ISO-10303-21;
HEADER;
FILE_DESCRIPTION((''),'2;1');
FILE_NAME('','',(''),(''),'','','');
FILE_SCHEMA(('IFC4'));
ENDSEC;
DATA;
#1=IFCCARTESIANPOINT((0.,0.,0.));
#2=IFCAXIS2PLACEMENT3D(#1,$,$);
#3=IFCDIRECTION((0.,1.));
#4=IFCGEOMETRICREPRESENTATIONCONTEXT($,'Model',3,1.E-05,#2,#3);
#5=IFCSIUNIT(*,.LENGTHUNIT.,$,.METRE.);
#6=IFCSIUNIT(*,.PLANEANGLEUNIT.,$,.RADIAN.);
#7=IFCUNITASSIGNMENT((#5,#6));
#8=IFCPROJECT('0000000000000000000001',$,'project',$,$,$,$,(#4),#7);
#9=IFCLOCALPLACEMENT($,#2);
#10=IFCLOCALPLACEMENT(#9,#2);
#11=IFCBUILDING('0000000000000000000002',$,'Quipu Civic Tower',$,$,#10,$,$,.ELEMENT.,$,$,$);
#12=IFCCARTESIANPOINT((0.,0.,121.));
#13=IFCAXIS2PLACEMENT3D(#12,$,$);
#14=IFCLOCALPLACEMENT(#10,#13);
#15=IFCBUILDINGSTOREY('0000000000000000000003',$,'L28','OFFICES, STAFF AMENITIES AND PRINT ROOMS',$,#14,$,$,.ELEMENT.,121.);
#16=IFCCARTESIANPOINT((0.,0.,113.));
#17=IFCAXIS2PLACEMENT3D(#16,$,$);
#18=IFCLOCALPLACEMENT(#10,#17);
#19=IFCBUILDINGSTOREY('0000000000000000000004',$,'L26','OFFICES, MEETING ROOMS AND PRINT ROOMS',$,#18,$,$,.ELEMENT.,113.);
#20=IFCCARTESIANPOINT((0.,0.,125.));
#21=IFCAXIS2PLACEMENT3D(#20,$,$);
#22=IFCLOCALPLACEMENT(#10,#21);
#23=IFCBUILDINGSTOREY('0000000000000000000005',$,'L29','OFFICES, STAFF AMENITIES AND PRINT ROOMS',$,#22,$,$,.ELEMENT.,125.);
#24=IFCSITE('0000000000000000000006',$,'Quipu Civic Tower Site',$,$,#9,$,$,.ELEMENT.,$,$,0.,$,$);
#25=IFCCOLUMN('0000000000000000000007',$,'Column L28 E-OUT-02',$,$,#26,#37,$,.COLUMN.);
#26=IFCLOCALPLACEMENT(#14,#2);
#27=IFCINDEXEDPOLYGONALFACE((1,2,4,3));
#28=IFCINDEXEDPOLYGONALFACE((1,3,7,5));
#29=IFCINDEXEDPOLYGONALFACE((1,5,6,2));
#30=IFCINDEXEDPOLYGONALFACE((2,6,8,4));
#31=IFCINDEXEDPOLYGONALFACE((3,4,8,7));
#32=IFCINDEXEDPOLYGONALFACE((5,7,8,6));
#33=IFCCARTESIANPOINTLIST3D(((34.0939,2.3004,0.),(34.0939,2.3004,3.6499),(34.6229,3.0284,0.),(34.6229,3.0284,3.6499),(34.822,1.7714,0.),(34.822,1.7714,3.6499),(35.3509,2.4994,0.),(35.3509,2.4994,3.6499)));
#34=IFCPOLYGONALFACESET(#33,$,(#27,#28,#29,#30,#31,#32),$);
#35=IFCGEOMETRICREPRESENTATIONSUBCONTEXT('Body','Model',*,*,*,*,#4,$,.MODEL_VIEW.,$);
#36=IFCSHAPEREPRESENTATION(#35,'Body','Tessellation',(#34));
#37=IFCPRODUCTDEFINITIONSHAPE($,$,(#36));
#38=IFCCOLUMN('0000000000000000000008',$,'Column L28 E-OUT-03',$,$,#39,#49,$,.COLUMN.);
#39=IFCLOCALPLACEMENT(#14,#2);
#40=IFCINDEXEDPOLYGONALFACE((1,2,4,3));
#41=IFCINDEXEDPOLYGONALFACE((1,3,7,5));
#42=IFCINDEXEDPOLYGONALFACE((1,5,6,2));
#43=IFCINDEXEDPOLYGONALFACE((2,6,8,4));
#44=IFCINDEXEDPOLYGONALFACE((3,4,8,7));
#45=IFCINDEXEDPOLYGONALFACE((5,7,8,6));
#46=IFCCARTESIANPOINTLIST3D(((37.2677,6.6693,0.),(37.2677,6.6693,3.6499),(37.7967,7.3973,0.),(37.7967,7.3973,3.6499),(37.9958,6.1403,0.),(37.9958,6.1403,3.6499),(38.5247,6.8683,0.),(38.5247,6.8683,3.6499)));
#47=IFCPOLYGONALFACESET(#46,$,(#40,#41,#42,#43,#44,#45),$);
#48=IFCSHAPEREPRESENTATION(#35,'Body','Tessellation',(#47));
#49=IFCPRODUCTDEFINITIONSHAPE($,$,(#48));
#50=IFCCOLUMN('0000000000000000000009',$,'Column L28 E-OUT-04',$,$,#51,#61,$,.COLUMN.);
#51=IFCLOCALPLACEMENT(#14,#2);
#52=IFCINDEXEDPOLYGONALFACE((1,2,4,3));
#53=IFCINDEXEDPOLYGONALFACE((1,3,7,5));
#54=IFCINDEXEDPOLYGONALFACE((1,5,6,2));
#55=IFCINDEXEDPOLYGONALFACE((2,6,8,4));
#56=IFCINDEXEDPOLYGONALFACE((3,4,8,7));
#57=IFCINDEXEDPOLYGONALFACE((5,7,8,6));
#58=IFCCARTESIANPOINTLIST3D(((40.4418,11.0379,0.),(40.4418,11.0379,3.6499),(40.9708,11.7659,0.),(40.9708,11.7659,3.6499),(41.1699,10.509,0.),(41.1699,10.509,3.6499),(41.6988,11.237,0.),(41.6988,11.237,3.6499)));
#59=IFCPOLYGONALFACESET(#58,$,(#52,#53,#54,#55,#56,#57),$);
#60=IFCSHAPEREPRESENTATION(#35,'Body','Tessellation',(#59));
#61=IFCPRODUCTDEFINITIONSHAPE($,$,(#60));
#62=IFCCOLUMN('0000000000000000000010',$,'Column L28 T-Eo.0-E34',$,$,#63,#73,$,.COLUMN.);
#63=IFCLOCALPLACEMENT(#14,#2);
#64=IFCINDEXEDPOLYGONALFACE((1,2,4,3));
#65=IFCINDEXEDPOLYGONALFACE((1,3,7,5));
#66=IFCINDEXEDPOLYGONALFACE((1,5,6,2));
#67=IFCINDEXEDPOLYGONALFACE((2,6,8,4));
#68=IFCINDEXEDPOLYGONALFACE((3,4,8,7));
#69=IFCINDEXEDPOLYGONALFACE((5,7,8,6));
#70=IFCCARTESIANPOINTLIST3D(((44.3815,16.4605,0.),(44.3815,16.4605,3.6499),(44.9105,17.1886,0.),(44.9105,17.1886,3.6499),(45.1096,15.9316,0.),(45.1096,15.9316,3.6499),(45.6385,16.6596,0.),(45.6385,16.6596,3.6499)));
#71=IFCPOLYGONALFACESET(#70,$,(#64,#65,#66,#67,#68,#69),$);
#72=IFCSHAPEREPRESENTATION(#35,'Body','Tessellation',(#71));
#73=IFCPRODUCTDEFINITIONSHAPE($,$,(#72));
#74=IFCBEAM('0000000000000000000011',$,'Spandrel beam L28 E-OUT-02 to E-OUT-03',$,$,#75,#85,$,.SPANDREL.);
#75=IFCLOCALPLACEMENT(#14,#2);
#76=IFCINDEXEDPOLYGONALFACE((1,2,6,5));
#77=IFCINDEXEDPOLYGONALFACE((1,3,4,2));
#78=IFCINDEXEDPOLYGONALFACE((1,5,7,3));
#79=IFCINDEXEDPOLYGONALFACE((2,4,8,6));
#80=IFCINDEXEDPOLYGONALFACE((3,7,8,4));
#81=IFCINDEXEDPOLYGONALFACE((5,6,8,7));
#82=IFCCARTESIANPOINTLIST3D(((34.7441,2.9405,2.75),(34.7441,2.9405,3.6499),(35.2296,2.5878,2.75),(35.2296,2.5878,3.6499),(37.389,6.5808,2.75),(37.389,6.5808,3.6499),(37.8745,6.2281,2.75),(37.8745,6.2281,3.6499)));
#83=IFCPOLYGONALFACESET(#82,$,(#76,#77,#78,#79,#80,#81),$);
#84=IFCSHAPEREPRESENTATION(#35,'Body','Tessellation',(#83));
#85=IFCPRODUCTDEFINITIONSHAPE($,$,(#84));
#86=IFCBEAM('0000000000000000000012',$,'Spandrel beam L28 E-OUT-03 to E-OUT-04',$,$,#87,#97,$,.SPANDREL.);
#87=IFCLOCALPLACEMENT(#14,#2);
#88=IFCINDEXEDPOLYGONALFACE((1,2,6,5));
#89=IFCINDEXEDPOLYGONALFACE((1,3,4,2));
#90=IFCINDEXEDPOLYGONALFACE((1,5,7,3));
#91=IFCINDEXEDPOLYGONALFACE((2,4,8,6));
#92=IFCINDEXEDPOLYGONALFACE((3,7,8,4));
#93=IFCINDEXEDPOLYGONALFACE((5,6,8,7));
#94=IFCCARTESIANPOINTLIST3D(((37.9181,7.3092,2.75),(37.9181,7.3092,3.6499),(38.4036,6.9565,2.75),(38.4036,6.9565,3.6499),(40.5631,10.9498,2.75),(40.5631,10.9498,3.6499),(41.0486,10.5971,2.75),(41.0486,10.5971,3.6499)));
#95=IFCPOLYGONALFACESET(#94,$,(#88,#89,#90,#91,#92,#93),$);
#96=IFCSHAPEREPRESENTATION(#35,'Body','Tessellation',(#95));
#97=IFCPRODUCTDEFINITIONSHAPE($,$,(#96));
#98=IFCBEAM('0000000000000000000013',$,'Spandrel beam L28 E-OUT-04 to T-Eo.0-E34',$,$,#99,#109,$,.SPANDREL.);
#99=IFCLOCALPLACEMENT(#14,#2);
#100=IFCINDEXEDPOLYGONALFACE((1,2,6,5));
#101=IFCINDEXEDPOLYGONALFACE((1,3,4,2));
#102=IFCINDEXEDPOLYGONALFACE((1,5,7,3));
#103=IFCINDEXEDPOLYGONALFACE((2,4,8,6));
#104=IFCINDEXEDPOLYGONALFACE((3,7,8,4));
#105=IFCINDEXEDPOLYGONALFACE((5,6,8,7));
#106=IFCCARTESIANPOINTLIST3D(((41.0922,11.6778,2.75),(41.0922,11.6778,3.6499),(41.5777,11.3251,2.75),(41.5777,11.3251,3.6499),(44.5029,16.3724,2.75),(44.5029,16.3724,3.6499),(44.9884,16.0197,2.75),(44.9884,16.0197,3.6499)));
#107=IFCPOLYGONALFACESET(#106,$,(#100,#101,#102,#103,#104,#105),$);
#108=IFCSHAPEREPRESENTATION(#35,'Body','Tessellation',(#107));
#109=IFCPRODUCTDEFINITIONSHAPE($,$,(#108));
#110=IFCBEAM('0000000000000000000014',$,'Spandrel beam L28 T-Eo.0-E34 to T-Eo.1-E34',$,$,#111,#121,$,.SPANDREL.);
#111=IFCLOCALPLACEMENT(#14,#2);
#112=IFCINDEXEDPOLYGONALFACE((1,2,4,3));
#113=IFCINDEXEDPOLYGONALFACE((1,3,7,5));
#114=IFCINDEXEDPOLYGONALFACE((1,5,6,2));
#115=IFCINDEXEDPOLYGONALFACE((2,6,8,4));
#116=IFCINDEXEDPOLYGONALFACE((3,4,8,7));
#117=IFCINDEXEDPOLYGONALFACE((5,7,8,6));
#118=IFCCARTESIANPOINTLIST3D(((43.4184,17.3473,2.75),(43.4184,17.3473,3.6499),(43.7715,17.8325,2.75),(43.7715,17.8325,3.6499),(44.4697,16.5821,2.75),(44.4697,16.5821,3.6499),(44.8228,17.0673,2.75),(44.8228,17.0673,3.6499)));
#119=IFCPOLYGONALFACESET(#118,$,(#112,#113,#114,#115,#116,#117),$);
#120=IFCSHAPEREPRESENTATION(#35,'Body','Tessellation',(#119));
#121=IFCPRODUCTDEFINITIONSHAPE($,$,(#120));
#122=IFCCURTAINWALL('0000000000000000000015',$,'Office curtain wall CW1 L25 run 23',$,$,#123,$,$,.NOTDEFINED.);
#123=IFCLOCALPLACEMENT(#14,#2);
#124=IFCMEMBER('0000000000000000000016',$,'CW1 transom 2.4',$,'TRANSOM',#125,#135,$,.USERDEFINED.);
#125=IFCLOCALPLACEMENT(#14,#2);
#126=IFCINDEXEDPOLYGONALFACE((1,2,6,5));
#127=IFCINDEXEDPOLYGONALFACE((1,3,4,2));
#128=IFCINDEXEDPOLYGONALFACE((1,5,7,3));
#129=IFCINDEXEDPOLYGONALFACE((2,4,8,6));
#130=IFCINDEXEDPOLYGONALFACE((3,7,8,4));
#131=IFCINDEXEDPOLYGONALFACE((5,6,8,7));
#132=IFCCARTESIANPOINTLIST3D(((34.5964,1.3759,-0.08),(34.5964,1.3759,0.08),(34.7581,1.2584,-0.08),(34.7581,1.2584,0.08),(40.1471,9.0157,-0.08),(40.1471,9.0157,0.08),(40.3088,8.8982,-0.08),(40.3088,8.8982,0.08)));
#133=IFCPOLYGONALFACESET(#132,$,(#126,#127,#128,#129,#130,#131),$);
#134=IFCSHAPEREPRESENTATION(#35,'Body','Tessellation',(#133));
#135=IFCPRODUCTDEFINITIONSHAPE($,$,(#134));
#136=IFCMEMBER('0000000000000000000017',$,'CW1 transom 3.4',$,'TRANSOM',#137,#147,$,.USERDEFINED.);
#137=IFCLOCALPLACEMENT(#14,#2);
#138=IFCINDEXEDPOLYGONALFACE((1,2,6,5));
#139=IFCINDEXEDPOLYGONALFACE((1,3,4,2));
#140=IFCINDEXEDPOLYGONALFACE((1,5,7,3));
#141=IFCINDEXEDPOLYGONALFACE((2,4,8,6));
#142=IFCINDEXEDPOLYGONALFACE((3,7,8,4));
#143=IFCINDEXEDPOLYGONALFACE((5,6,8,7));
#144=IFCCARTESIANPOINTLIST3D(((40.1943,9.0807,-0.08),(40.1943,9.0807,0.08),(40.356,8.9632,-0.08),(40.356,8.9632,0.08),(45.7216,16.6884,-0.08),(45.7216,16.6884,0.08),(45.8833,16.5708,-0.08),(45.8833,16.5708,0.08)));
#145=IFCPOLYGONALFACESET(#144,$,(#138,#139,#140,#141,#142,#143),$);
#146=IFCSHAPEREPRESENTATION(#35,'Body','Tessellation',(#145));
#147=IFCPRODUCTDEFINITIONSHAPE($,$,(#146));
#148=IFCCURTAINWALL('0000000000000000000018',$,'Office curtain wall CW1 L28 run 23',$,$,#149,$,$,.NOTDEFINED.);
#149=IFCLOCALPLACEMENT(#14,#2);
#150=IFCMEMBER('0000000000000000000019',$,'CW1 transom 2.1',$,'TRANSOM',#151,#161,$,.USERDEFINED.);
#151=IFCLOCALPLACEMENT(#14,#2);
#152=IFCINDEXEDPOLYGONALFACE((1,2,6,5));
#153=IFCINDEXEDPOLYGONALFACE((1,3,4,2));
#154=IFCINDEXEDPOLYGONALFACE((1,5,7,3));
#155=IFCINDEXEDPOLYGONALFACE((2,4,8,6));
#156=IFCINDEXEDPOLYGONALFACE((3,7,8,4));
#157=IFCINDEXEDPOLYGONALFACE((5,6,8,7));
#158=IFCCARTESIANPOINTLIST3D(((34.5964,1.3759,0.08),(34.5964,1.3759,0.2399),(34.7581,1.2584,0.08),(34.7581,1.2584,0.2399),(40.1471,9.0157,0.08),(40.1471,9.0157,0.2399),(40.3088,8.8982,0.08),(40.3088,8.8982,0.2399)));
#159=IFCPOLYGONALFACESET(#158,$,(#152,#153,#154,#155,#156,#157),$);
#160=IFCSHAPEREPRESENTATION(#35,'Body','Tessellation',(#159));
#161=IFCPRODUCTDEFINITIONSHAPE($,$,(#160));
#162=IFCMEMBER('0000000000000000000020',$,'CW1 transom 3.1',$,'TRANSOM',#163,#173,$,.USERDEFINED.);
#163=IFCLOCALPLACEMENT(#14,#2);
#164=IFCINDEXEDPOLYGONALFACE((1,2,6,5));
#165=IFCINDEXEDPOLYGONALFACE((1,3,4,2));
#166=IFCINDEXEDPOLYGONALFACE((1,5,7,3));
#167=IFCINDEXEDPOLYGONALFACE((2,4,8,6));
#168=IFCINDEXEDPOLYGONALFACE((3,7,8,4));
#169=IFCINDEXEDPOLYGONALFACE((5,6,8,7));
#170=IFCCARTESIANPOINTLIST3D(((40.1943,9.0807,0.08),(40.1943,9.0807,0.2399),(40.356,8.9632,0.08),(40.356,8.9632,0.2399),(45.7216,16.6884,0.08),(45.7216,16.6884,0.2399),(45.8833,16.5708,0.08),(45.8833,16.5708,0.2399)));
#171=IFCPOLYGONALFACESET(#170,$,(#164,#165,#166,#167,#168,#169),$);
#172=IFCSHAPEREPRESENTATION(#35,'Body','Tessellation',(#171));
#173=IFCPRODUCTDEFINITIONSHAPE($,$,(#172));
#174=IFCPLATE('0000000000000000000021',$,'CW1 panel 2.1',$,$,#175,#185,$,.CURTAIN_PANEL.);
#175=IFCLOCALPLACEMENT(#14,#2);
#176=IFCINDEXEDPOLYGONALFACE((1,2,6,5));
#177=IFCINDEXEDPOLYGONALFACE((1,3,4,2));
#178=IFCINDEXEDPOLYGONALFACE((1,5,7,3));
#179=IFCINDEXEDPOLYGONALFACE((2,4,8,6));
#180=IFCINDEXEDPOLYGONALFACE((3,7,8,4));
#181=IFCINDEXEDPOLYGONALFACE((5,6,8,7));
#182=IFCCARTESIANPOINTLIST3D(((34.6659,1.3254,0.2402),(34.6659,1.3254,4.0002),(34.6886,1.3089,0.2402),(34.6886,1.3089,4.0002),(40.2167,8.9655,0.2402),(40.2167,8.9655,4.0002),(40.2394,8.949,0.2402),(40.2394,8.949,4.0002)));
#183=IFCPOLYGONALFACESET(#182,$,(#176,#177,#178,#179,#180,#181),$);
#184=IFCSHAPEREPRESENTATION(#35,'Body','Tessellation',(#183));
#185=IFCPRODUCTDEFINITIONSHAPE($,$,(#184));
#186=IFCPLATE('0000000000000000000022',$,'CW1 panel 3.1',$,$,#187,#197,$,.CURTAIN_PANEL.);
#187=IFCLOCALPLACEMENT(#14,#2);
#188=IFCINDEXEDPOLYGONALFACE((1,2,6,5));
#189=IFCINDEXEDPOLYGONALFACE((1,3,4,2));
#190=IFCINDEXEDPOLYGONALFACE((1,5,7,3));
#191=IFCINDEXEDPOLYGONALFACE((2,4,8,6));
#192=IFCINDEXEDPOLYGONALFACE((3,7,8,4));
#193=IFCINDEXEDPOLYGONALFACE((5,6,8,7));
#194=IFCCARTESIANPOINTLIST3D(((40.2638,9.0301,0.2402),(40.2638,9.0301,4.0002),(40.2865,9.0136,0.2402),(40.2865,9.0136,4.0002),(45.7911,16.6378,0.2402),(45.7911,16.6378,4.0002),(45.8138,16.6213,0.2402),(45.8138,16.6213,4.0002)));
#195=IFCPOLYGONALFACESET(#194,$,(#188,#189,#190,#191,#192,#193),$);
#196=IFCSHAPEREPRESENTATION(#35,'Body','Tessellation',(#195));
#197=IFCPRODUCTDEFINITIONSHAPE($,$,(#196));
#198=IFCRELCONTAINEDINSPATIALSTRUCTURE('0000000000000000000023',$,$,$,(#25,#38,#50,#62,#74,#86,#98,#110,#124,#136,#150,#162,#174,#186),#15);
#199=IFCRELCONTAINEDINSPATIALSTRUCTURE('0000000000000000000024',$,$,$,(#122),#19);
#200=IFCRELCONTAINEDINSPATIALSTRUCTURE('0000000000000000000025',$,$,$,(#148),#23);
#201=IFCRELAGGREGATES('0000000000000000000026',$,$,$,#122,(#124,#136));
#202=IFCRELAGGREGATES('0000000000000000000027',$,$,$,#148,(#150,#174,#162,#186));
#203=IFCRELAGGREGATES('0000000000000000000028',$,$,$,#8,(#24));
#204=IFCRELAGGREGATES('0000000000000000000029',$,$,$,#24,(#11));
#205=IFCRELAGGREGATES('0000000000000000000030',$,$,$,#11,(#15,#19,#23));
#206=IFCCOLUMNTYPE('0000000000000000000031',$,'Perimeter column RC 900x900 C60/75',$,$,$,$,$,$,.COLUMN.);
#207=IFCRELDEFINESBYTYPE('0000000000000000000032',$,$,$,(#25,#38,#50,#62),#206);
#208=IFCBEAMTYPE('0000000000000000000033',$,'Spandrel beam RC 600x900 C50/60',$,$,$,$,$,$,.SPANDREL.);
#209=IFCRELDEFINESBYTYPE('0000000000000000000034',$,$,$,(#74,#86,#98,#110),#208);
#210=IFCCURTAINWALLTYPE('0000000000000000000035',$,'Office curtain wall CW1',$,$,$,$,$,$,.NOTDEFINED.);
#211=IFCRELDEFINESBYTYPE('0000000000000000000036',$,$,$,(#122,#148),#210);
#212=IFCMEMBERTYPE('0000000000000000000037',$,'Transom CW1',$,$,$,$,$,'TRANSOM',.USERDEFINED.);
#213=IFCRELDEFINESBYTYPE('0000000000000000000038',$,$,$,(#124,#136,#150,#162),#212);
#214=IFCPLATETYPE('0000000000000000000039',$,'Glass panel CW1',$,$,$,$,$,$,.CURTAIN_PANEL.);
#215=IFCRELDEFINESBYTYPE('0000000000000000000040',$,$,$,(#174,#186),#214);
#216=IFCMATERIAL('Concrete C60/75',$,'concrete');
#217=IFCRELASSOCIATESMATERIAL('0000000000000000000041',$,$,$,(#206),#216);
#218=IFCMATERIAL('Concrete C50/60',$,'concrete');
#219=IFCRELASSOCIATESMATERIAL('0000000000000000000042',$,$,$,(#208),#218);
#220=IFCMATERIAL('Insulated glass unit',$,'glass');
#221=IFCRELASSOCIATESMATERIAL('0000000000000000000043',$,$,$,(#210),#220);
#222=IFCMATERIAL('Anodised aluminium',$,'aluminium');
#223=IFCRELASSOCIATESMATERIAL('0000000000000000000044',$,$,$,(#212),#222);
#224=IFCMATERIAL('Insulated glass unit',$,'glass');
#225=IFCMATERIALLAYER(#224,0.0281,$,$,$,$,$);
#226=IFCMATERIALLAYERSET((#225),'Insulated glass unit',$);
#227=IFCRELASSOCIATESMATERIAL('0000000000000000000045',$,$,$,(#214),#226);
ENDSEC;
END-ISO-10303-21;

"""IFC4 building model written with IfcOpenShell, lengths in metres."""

from ifc_helpers import new_model, si_unit, direction, frame, origin, origin_2d, place, context, subcontext, project, spatial, rectangle, extrude, material, layer, layer_set, material_profile, profile_set, type_object, element, aggregate, save


model = new_model("IFC4")

# Units and contexts
model_context = context("Model", 3, precision=1e-05, world=origin(), true_north=direction((0.0, 1.0)))
body_context = subcontext(model_context, "Body", "Model", "MODEL_VIEW")
ifc_project = project(units=[si_unit("LENGTHUNIT", "METRE"), si_unit("PLANEANGLEUNIT", "RADIAN")], contexts=[model_context])

# Site, building, storey
site_placement = place(None, origin())
site = spatial("IfcSite", under=ifc_project, at=site_placement, Name="Quipu Civic Tower Site", CompositionType="ELEMENT", RefElevation=0.0)
building_placement = place(site_placement, origin())
building = spatial("IfcBuilding", under=site, at=building_placement, Name="Quipu Civic Tower", CompositionType="ELEMENT")
storey_1_placement = place(building_placement, frame((0.0, 0.0, 121.0)))
storey_1 = spatial("IfcBuildingStorey", under=building, at=storey_1_placement, Name="L28", Description="OFFICES, STAFF AMENITIES AND PRINT ROOMS", CompositionType="ELEMENT", Elevation=121.0)

# Columns
ifc_material_1 = material(Name="Concrete C60/75", Category="concrete")
ifc_material_profile_1 = material_profile(ifc_material_1, rectangle(XDim=0.8999, YDim=0.8999, at=origin_2d()), Name="RC900x900")
ifc_profile_set_1 = profile_set([ifc_material_profile_1], Name="Concrete C60/75")
column_type = type_object("IfcColumnType", Name="Perimeter column RC 900x900 C60/75", PredefinedType="COLUMN", material=ifc_profile_set_1)
for number, where, z_axis, x_axis, name in (
    (1, (34.7224, 2.3999, 0.0), (0.0, 0.0, 1.0), (0.587785, 0.809017, 0.0), "Column L28 E-OUT-02"),
    (2, (37.8962, 6.7688, 0.0), (0.0, 0.0, 1.0), (0.587785, 0.809017, 0.0), "Column L28 E-OUT-03"),
    (3, (41.0703, 11.1375, 0.0), (0.0, 0.0, 1.0), (0.587785, 0.809017, 0.0), "Column L28 E-OUT-04"),
    (4, (45.01, 16.5601, 0.0), (0.0, 0.0, 1.0), (0.587785, 0.809017, 0.0), "Column L28 T-Eo.0-E34"),
):
    element("IfcColumn", number, at=place(storey_1_placement, frame(where, z_axis=z_axis, x_axis=x_axis)), inside=storey_1, type_object=column_type, Name=name, PredefinedType="COLUMN", context=body_context, shape_type="SweptSolid", body=[
        extrude(rectangle(XDim=0.8999, YDim=0.8999, at=origin_2d()), origin(), (0.0, 0.0, 1.0), 3.6499),
    ])

# Beams
ifc_material_2 = material(Name="Concrete C50/60", Category="concrete")
ifc_material_profile_2 = material_profile(ifc_material_2, rectangle(XDim=0.6001, YDim=0.8999, at=origin_2d()), Name="RC600x900")
ifc_profile_set_2 = profile_set([ifc_material_profile_2], Name="Concrete C50/60")
beam_type = type_object("IfcBeamType", Name="Spandrel beam RC 600x900 C50/60", PredefinedType="SPANDREL", material=ifc_profile_set_2)
beam_1_placement = place(storey_1_placement, frame((34.9868, 2.7642, 3.2), z_axis=(0.587804, 0.809003, 0.0), x_axis=(-0.809003, 0.587804, 0.0)))
element("IfcBeam", 5, at=beam_1_placement, inside=storey_1, type_object=beam_type, Name="Spandrel beam L28 E-OUT-02 to E-OUT-03", PredefinedType="SPANDREL", context=body_context, shape_type="SweptSolid", body=[
    extrude(rectangle(XDim=0.6001, YDim=0.8999, at=origin_2d()), origin(), (0.0, 0.0, 1.0), 4.4998),
])
beam_2_placement = place(storey_1_placement, frame((38.1609, 7.1328, 3.2), z_axis=(0.587778, 0.809022, 0.0), x_axis=(-0.809022, 0.587778, 0.0)))
element("IfcBeam", 6, at=beam_2_placement, inside=storey_1, type_object=beam_type, Name="Spandrel beam L28 E-OUT-03 to E-OUT-04", PredefinedType="SPANDREL", context=body_context, shape_type="SweptSolid", body=[
    extrude(rectangle(XDim=0.6001, YDim=0.8999, at=origin_2d()), origin(), (0.0, 0.0, 1.0), 4.5),
])
beam_3_placement = place(storey_1_placement, frame((41.335, 11.5015, 3.2), z_axis=(0.587766, 0.809031, 0.0), x_axis=(-0.809031, 0.587766, 0.0)))
element("IfcBeam", 7, at=beam_3_placement, inside=storey_1, type_object=beam_type, Name="Spandrel beam L28 E-OUT-04 to T-Eo.0-E34", PredefinedType="SPANDREL", context=body_context, shape_type="SweptSolid", body=[
    extrude(rectangle(XDim=0.6001, YDim=0.8999, at=origin_2d()), origin(), (0.0, 0.0, 1.0), 5.8027),
])
beam_4_placement = place(storey_1_placement, frame((44.6462, 16.8247, 3.2), z_axis=(-0.808525, 0.588462, 0.0), x_axis=(-0.588462, -0.808525, 0.0)))
element("IfcBeam", 8, at=beam_4_placement, inside=storey_1, type_object=beam_type, Name="Spandrel beam L28 T-Eo.0-E34 to T-Eo.1-E34", PredefinedType="SPANDREL", context=body_context, shape_type="SweptSolid", body=[
    extrude(rectangle(XDim=0.6001, YDim=0.8999, at=origin_2d()), origin(), (0.0, 0.0, 1.0), 1.3003),
])

# Shared definitions
storey_2_placement = place(building_placement, frame((0.0, 0.0, 113.0)))
storey_2 = spatial("IfcBuildingStorey", under=building, at=storey_2_placement, Name="L26", Description="OFFICES, MEETING ROOMS AND PRINT ROOMS", CompositionType="ELEMENT", Elevation=113.0)

# Curtain wall, members
ifc_material_3 = material(Name="Insulated glass unit", Category="glass")
curtain_wall_type = type_object("IfcCurtainWallType", Name="Office curtain wall CW1", PredefinedType="NOTDEFINED", material=ifc_material_3)
curtain_wall_1_placement = place(storey_2_placement, origin())
curtain_wall_1 = element("IfcCurtainWall", 9, at=curtain_wall_1_placement, inside=storey_2, type_object=curtain_wall_type, Name="Office curtain wall CW1 L25 run 23", PredefinedType="NOTDEFINED")
ifc_material_4 = material(Name="Anodised aluminium", Category="aluminium")
ifc_material_profile_3 = material_profile(ifc_material_4, rectangle(XDim=0.2, YDim=0.1599, at=origin_2d()), Name="RECT 200x160")
ifc_profile_set_3 = profile_set([ifc_material_profile_3], Name="Anodised aluminium")
member_type = type_object("IfcMemberType", Name="Transom CW1", ElementType="TRANSOM", PredefinedType="USERDEFINED", material=ifc_profile_set_3)
member_1_placement = place(storey_1_placement, frame((34.6772, 1.3171, 0.0), z_axis=(0.58779, 0.809013, 0.0), x_axis=(-0.809013, 0.58779, 0.0)))
member_1 = element("IfcMember", 10, at=member_1_placement, inside=storey_1, type_object=member_type, Name="CW1 transom 2.4", ObjectType="TRANSOM", PredefinedType="USERDEFINED", context=body_context, shape_type="SweptSolid", body=[
    extrude(rectangle(XDim=0.2, YDim=0.1599, at=origin_2d()), origin(), (0.0, 0.0, 1.0), 9.4434),
])
member_2_placement = place(storey_1_placement, frame((40.2751, 9.022, 0.0), z_axis=(0.587789, 0.809014, 0.0), x_axis=(-0.809014, 0.587789, 0.0)))
member_2 = element("IfcMember", 11, at=member_2_placement, inside=storey_1, type_object=member_type, Name="CW1 transom 3.4", ObjectType="TRANSOM", PredefinedType="USERDEFINED", context=body_context, shape_type="SweptSolid", body=[
    extrude(rectangle(XDim=0.2, YDim=0.1599, at=origin_2d()), origin(), (0.0, 0.0, 1.0), 9.4036),
])
aggregate(curtain_wall_1, [member_1, member_2])

# Shared definitions
storey_3_placement = place(building_placement, frame((0.0, 0.0, 125.0)))
storey_3 = spatial("IfcBuildingStorey", under=building, at=storey_3_placement, Name="L29", Description="OFFICES, STAFF AMENITIES AND PRINT ROOMS", CompositionType="ELEMENT", Elevation=125.0)

# Curtain wall, members, plates
curtain_wall_2_placement = place(storey_3_placement, origin())
curtain_wall_2 = element("IfcCurtainWall", 12, at=curtain_wall_2_placement, inside=storey_3, type_object=curtain_wall_type, Name="Office curtain wall CW1 L28 run 23", PredefinedType="NOTDEFINED")
member_3_placement = place(storey_1_placement, frame((34.6772, 1.3171, 0.1599), z_axis=(0.58779, 0.809013, 0.0), x_axis=(-0.809013, 0.58779, 0.0)))
member_3 = element("IfcMember", 13, at=member_3_placement, inside=storey_1, type_object=member_type, Name="CW1 transom 2.1", ObjectType="TRANSOM", PredefinedType="USERDEFINED", context=body_context, shape_type="SweptSolid", body=[
    extrude(rectangle(XDim=0.2, YDim=0.1599, at=origin_2d()), origin(), (0.0, 0.0, 1.0), 9.4434),
])
member_4_placement = place(storey_1_placement, frame((40.2751, 9.022, 0.1599), z_axis=(0.587789, 0.809014, 0.0), x_axis=(-0.809014, 0.587789, 0.0)))
member_4 = element("IfcMember", 14, at=member_4_placement, inside=storey_1, type_object=member_type, Name="CW1 transom 3.1", ObjectType="TRANSOM", PredefinedType="USERDEFINED", context=body_context, shape_type="SweptSolid", body=[
    extrude(rectangle(XDim=0.2, YDim=0.1599, at=origin_2d()), origin(), (0.0, 0.0, 1.0), 9.4036),
])
ifc_material_5 = material(Name="Insulated glass unit", Category="glass")
ifc_layer_1 = layer(ifc_material_5, 0.0281)
ifc_layer_set_1 = layer_set([ifc_layer_1], Name="Insulated glass unit")
plate_type_1 = type_object("IfcPlateType", Name="Glass panel CW1", PredefinedType="CURTAIN_PANEL", material=ifc_layer_set_1)
plate_1_placement = place(storey_1_placement, frame((37.4526, 5.1372, 0.2402), z_axis=(0.0, 0.0, 1.0), x_axis=(0.587785, 0.809017, 0.0)))
plate_1 = element("IfcPlate", 15, at=plate_1_placement, inside=storey_1, type_object=plate_type_1, Name="CW1 panel 2.1", PredefinedType="CURTAIN_PANEL", context=body_context, shape_type="SweptSolid", body=[
    extrude(rectangle(XDim=9.4436, YDim=0.0281, at=origin_2d()), origin(), (0.0, 0.0, 1.0), 3.76),
])
plate_2_placement = place(storey_1_placement, frame((43.0388, 12.8257, 0.2402), z_axis=(0.0, 0.0, 1.0), x_axis=(0.587785, 0.809017, 0.0)))
plate_2 = element("IfcPlate", 16, at=plate_2_placement, inside=storey_1, type_object=plate_type_1, Name="CW1 panel 3.1", PredefinedType="CURTAIN_PANEL", context=body_context, shape_type="SweptSolid", body=[
    extrude(rectangle(XDim=9.4036, YDim=0.0281, at=origin_2d()), origin(), (0.0, 0.0, 1.0), 3.76),
])
aggregate(curtain_wall_2, [member_3, plate_1, member_4, plate_2])

save(model, "model.ifc")
